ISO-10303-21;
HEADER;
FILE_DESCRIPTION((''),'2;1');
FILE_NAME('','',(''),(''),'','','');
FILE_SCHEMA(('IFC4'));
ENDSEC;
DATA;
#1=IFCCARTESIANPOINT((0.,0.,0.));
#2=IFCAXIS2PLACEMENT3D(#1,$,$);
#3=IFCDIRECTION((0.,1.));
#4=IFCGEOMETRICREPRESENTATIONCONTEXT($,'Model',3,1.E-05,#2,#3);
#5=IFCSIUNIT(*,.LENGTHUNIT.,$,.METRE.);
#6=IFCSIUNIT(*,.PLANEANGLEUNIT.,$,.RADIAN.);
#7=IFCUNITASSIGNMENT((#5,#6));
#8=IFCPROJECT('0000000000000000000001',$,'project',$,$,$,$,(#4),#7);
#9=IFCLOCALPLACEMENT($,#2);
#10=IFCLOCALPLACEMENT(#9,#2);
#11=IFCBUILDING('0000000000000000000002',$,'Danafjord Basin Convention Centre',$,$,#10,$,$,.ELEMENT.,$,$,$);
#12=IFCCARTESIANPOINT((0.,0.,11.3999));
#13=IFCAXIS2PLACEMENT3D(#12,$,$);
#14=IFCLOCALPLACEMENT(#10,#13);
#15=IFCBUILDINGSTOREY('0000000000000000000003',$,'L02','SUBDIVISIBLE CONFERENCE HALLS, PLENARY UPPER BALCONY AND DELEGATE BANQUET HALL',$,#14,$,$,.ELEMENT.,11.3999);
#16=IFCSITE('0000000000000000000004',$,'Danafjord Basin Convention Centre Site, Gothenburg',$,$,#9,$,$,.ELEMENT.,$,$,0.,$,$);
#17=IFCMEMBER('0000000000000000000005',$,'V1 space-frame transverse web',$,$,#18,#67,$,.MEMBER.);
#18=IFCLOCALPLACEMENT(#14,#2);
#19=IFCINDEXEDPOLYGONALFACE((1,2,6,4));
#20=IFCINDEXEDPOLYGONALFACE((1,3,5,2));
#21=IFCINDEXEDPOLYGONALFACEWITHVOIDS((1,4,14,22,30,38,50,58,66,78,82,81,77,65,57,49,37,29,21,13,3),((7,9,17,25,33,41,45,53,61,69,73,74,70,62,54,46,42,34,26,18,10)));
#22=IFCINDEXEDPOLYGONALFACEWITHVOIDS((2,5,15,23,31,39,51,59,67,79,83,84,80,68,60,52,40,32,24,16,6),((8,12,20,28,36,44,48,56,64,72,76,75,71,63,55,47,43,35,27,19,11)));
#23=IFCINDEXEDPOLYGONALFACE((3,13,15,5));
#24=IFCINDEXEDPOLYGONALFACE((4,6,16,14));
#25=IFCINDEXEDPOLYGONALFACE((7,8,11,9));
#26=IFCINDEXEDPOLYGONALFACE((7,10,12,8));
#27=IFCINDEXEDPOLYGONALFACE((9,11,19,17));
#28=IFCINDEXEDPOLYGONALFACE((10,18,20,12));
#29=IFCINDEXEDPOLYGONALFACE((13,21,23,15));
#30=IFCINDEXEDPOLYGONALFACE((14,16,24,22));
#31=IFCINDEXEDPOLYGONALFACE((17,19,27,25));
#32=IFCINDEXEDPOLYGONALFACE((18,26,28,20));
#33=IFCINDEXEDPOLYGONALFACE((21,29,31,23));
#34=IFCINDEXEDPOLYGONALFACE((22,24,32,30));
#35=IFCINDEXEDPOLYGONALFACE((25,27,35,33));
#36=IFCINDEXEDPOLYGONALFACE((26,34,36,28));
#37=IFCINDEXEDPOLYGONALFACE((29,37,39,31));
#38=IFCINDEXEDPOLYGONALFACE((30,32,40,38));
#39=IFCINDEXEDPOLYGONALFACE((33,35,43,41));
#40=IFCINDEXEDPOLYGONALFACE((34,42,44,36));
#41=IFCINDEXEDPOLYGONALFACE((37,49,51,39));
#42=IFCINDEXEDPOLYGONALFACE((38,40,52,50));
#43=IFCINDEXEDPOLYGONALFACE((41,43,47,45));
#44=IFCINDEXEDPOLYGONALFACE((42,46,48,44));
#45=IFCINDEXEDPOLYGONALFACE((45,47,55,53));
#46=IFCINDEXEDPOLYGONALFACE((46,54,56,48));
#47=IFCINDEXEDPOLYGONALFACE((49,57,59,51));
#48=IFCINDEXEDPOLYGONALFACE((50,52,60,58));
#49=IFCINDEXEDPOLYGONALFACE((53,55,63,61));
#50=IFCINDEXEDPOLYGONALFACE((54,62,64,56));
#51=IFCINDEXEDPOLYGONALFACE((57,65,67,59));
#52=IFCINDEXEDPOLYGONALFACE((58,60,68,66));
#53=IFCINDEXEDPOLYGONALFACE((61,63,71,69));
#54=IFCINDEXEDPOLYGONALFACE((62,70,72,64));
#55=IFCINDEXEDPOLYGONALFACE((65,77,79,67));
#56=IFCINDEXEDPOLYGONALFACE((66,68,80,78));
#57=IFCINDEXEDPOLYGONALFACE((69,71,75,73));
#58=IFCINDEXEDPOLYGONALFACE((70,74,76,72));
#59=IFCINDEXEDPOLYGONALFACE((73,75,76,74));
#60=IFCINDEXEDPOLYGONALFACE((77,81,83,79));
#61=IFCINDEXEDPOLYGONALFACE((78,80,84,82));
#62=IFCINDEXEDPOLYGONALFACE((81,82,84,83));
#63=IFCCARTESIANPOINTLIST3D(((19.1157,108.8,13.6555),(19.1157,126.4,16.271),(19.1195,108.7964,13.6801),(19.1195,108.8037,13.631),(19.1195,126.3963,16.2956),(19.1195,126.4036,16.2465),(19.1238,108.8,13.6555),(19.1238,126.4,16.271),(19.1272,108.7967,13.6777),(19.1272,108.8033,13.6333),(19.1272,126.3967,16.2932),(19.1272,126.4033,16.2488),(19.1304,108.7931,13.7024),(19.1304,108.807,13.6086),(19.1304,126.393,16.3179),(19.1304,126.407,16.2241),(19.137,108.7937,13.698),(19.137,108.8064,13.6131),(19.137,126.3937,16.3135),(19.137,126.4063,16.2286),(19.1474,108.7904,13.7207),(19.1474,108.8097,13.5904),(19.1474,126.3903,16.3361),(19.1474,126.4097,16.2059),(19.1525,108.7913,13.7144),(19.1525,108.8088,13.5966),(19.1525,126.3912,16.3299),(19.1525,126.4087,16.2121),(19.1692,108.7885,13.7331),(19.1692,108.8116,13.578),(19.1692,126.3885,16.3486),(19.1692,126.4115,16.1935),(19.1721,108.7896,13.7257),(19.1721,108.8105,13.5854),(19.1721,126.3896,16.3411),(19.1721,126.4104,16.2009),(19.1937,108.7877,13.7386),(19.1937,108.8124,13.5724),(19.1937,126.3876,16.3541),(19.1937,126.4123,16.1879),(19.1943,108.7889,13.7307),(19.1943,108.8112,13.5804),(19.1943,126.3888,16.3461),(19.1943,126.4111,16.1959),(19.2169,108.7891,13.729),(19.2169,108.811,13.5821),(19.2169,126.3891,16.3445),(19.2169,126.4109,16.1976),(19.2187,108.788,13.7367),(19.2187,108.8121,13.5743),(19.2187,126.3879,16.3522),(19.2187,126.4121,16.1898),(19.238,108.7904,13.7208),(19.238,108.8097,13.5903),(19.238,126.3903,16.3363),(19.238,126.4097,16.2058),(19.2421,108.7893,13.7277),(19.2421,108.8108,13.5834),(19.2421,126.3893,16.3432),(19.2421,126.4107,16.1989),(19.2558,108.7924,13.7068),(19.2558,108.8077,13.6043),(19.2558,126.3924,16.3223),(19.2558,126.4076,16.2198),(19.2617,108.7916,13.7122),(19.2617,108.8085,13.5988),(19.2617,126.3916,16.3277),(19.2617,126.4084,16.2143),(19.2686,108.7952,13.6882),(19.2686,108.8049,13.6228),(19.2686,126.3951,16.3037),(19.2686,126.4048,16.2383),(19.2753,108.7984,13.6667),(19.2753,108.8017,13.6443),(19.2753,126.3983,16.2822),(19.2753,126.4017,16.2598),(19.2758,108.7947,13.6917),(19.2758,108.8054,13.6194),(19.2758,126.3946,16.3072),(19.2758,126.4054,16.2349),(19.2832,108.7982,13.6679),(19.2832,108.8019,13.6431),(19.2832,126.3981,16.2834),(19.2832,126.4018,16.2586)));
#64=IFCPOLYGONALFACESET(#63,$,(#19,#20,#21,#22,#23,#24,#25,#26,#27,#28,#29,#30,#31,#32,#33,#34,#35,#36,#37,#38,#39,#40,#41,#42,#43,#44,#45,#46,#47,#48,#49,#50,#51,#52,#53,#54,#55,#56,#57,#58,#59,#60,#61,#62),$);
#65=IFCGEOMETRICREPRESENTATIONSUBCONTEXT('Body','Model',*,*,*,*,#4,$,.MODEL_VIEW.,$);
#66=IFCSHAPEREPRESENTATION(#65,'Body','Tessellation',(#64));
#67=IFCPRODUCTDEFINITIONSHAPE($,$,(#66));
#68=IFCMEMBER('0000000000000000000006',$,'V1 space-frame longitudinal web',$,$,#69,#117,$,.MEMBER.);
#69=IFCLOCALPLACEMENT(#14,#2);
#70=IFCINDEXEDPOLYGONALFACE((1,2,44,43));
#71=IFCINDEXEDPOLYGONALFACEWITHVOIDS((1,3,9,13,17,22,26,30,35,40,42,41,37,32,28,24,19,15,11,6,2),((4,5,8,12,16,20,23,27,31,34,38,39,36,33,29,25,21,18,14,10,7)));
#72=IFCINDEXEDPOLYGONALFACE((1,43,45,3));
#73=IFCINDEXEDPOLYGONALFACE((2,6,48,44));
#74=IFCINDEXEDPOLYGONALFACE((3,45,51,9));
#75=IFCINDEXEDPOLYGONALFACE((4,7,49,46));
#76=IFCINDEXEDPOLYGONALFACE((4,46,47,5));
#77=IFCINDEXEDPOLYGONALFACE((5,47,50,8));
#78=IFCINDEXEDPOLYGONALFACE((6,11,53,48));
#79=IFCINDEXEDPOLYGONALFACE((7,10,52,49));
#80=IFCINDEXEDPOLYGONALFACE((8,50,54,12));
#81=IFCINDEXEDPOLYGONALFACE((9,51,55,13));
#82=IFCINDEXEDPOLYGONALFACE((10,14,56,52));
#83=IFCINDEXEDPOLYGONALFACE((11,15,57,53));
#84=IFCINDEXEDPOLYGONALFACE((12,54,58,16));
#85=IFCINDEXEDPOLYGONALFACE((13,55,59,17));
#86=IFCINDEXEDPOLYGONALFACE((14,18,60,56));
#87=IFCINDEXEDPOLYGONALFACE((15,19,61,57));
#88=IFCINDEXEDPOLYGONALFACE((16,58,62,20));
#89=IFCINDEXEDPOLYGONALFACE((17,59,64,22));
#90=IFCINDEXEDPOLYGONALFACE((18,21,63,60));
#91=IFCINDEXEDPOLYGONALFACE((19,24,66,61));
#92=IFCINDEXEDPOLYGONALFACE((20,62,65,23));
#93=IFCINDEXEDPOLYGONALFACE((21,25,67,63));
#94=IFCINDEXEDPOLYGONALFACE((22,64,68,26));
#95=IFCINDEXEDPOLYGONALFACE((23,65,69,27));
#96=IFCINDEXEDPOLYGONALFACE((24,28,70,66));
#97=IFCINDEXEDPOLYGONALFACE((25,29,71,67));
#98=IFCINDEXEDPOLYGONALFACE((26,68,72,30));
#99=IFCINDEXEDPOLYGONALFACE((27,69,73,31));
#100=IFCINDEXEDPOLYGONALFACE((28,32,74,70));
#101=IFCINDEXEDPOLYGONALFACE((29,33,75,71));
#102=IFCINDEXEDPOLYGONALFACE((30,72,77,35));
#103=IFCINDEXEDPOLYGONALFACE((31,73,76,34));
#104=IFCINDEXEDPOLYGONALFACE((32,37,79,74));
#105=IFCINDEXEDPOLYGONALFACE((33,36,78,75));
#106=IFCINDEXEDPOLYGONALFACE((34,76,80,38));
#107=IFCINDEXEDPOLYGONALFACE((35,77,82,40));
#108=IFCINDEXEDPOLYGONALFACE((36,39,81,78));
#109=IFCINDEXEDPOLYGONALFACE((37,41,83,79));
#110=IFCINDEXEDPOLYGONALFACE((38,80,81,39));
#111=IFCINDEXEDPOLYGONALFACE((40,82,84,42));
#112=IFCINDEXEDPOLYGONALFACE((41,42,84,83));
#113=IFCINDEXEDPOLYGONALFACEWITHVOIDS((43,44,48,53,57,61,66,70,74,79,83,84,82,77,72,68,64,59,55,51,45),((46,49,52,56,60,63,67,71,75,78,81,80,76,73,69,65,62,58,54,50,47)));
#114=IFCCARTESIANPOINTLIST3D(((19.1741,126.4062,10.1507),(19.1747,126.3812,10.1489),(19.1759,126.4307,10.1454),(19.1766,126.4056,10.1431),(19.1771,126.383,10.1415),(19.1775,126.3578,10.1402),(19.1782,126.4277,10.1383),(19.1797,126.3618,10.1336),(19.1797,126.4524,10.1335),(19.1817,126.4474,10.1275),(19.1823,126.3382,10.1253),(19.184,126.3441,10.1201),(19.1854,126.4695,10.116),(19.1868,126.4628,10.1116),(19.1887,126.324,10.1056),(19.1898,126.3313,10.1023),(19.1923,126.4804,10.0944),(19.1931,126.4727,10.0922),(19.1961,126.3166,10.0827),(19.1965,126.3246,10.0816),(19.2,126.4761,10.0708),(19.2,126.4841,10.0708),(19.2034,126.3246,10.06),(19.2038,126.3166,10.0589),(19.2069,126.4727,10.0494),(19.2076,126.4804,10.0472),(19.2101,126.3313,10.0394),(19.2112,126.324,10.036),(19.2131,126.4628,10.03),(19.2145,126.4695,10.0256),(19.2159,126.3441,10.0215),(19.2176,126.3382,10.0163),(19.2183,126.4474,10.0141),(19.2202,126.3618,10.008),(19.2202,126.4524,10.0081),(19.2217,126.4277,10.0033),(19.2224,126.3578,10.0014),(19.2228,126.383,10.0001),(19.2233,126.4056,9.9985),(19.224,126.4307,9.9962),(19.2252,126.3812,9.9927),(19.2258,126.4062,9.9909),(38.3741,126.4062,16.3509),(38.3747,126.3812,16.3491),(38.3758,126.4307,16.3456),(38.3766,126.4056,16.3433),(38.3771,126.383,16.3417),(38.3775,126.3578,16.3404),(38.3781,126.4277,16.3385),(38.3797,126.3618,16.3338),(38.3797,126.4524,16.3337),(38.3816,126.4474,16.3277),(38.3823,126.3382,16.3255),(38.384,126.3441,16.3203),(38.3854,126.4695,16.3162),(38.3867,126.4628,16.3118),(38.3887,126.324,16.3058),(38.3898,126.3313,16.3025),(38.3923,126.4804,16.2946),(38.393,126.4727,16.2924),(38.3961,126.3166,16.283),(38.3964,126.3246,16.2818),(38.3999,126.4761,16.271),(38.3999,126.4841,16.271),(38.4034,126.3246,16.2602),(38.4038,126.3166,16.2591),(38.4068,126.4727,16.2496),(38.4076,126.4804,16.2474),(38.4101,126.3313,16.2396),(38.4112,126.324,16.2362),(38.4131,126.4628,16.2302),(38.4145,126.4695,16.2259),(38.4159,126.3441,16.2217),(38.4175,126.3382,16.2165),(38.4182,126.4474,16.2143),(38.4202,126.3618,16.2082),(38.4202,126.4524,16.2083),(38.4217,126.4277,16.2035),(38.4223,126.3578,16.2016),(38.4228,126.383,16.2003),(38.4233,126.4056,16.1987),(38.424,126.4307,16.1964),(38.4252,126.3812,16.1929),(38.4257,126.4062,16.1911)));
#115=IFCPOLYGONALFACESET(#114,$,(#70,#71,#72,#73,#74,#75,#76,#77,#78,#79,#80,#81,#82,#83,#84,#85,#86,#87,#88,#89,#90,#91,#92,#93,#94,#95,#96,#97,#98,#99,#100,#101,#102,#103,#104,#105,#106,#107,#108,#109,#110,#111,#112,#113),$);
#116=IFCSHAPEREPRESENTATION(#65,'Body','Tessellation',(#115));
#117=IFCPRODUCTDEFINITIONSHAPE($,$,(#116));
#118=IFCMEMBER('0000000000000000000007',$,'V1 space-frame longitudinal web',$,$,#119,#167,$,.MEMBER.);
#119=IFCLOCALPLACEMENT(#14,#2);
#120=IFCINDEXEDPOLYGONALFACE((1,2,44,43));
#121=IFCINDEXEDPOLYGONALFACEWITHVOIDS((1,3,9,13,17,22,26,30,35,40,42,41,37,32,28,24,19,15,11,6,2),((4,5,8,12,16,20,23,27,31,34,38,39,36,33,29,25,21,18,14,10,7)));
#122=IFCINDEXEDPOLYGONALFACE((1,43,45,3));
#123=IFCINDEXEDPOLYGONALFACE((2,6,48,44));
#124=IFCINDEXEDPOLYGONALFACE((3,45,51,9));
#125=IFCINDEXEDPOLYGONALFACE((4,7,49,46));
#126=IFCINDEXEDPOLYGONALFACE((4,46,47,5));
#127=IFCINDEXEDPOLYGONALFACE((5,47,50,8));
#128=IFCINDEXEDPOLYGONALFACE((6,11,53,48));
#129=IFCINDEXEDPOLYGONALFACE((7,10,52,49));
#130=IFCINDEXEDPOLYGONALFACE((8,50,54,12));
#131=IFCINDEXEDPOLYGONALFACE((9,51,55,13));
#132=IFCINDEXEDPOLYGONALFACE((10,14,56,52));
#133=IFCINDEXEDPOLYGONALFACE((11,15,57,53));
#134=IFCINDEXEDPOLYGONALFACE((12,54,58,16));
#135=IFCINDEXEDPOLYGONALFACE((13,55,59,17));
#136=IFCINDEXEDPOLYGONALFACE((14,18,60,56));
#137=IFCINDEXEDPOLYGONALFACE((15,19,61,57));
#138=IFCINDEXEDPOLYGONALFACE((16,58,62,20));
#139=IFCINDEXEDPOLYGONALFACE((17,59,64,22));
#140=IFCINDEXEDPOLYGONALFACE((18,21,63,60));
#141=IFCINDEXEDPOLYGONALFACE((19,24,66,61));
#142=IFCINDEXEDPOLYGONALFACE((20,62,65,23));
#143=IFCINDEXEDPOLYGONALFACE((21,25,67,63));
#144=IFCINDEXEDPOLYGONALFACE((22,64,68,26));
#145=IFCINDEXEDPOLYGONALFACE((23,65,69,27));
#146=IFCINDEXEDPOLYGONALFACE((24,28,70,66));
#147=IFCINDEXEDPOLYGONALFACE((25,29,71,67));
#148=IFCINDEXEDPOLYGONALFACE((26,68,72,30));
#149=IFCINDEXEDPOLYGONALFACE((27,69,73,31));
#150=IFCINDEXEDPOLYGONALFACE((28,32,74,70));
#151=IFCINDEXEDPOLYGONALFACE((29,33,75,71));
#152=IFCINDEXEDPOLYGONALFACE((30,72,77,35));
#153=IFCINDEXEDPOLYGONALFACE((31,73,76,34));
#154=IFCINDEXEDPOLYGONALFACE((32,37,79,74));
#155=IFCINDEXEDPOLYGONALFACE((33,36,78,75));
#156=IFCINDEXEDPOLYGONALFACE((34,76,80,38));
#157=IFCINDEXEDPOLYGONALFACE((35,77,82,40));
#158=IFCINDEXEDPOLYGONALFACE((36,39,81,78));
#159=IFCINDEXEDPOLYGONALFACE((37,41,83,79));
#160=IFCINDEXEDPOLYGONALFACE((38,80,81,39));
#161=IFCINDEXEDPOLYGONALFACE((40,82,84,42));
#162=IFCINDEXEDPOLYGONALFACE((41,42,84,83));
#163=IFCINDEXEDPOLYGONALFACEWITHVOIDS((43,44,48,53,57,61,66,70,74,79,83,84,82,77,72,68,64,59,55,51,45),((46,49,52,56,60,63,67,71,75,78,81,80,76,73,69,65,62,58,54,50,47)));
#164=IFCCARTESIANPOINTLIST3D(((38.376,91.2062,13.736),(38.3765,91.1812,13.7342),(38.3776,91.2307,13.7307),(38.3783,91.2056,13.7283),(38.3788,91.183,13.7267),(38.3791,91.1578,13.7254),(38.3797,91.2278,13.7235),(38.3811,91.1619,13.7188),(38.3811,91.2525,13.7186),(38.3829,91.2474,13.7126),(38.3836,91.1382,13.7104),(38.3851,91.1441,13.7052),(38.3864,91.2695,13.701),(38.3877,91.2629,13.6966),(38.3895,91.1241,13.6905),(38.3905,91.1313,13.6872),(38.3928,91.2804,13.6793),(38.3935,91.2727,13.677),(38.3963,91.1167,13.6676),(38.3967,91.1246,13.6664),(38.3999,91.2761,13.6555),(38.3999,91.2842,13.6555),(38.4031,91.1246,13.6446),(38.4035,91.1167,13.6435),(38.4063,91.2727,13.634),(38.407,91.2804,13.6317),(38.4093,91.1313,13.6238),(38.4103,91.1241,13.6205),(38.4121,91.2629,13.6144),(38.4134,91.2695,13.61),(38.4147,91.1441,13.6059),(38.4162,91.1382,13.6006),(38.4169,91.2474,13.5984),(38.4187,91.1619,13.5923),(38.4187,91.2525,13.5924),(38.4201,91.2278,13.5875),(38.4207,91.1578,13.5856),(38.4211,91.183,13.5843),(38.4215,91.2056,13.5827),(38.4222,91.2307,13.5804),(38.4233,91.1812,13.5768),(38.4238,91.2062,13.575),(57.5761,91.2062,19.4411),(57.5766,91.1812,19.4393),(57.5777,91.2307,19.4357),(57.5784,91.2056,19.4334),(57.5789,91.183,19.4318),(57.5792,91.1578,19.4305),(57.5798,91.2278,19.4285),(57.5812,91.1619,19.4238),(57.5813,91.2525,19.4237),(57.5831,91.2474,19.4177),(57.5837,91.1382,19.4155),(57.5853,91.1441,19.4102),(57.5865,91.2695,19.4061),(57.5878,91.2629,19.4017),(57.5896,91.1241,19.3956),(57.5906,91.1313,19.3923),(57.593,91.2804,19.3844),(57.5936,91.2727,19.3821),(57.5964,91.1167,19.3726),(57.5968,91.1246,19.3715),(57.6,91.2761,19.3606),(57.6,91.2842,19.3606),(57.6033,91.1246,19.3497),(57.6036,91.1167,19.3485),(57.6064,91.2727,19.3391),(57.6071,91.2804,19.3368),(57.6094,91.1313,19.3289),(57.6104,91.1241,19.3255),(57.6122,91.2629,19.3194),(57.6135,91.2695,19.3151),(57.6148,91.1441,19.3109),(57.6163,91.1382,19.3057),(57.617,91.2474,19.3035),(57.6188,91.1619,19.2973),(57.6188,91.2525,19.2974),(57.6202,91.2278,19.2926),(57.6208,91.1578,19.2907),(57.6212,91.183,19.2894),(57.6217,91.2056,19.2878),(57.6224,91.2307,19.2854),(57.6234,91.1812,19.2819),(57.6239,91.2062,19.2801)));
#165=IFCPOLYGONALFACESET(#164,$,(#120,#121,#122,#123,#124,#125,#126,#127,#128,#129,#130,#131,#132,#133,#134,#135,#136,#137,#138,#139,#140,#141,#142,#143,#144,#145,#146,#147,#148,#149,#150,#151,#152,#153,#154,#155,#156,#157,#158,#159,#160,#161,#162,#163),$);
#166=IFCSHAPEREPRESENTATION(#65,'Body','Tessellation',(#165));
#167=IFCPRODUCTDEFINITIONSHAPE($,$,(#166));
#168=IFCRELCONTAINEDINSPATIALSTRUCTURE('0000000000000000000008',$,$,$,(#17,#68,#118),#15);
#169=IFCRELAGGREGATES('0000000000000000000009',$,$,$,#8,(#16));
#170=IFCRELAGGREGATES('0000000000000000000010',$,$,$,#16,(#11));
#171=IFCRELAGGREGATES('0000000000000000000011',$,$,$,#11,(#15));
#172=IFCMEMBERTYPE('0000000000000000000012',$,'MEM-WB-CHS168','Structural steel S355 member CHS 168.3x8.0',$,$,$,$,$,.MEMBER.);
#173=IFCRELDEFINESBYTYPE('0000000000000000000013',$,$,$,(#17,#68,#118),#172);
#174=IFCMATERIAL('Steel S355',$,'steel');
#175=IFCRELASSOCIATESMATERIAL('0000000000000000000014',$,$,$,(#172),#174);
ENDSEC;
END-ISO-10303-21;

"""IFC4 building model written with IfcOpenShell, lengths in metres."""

from ifc_helpers import new_model, si_unit, direction, frame, origin, origin_2d, place, context, subcontext, project, spatial, hollow_circle, extrude, material, material_profile, profile_set, type_object, element, save


model = new_model("IFC4")

# Units and contexts
model_context = context("Model", 3, precision=1e-05, world=origin(), true_north=direction((0.0, 1.0)))
body_context = subcontext(model_context, "Body", "Model", "MODEL_VIEW")
ifc_project = project(units=[si_unit("LENGTHUNIT", "METRE"), si_unit("PLANEANGLEUNIT", "RADIAN")], contexts=[model_context])

# Site, building, storey
site_placement = place(None, origin())
site = spatial("IfcSite", under=ifc_project, at=site_placement, Name="Danafjord Basin Convention Centre Site, Gothenburg", CompositionType="ELEMENT", RefElevation=0.0)
building_placement = place(site_placement, origin())
building = spatial("IfcBuilding", under=site, at=building_placement, Name="Danafjord Basin Convention Centre", CompositionType="ELEMENT")
storey_placement = place(building_placement, frame((0.0, 0.0, 11.3999)))
storey = spatial("IfcBuildingStorey", under=building, at=storey_placement, Name="L02", Description="SUBDIVISIBLE CONFERENCE HALLS, PLENARY UPPER BALCONY AND DELEGATE BANQUET HALL", CompositionType="ELEMENT", Elevation=11.3999)

# Members
ifc_material = material(Name="Steel S355", Category="steel")
ifc_material_profile_1 = material_profile(ifc_material, hollow_circle(Radius=0.0842, WallThickness=0.0081, at=origin_2d()), Name="CHS 168.3x8.0")
ifc_profile_set_1 = profile_set([ifc_material_profile_1], Name="Steel S355")
member_type_1 = type_object("IfcMemberType", Name="MEM-WB-CHS168", Description="Structural steel S355 member CHS 168.3x8.0", PredefinedType="MEMBER", material=ifc_profile_set_1)
member_1_placement = place(storey_placement, frame((19.2, 108.8, 13.6555), z_axis=(0.0, 0.989137, 0.146994), x_axis=(-1.0, 0.0, 0.0)))
element("IfcMember", 1, at=member_1_placement, inside=storey, type_object=member_type_1, Name="V1 space-frame transverse web", PredefinedType="MEMBER", context=body_context, shape_type="SweptSolid", body=[
    extrude(hollow_circle(Radius=0.0842, WallThickness=0.0081, at=origin_2d()), origin(), (0.0, 0.0, 1.0), 17.7932),
])
member_2_placement = place(storey_placement, frame((19.2, 126.3999, 10.0708), z_axis=(0.951612, 0.0, 0.307302), x_axis=(0.0, 1.0, 0.0)))
element("IfcMember", 2, at=member_2_placement, inside=storey, type_object=member_type_1, Name="V1 space-frame longitudinal web", PredefinedType="MEMBER", context=body_context, shape_type="SweptSolid", body=[
    extrude(hollow_circle(Radius=0.0842, WallThickness=0.0081, at=origin_2d()), origin(), (0.0, 0.0, 1.0), 20.1763),
])
member_3_placement = place(storey_placement, frame((38.3999, 91.2, 13.6555), z_axis=(0.958578, 0.0, 0.284829), x_axis=(0.0, 1.0, 0.0)))
element("IfcMember", 3, at=member_3_placement, inside=storey, type_object=member_type_1, Name="V1 space-frame longitudinal web", PredefinedType="MEMBER", context=body_context, shape_type="SweptSolid", body=[
    extrude(hollow_circle(Radius=0.0842, WallThickness=0.0081, at=origin_2d()), origin(), (0.0, 0.0, 1.0), 20.0298),
])

save(model, "model.ifc")
